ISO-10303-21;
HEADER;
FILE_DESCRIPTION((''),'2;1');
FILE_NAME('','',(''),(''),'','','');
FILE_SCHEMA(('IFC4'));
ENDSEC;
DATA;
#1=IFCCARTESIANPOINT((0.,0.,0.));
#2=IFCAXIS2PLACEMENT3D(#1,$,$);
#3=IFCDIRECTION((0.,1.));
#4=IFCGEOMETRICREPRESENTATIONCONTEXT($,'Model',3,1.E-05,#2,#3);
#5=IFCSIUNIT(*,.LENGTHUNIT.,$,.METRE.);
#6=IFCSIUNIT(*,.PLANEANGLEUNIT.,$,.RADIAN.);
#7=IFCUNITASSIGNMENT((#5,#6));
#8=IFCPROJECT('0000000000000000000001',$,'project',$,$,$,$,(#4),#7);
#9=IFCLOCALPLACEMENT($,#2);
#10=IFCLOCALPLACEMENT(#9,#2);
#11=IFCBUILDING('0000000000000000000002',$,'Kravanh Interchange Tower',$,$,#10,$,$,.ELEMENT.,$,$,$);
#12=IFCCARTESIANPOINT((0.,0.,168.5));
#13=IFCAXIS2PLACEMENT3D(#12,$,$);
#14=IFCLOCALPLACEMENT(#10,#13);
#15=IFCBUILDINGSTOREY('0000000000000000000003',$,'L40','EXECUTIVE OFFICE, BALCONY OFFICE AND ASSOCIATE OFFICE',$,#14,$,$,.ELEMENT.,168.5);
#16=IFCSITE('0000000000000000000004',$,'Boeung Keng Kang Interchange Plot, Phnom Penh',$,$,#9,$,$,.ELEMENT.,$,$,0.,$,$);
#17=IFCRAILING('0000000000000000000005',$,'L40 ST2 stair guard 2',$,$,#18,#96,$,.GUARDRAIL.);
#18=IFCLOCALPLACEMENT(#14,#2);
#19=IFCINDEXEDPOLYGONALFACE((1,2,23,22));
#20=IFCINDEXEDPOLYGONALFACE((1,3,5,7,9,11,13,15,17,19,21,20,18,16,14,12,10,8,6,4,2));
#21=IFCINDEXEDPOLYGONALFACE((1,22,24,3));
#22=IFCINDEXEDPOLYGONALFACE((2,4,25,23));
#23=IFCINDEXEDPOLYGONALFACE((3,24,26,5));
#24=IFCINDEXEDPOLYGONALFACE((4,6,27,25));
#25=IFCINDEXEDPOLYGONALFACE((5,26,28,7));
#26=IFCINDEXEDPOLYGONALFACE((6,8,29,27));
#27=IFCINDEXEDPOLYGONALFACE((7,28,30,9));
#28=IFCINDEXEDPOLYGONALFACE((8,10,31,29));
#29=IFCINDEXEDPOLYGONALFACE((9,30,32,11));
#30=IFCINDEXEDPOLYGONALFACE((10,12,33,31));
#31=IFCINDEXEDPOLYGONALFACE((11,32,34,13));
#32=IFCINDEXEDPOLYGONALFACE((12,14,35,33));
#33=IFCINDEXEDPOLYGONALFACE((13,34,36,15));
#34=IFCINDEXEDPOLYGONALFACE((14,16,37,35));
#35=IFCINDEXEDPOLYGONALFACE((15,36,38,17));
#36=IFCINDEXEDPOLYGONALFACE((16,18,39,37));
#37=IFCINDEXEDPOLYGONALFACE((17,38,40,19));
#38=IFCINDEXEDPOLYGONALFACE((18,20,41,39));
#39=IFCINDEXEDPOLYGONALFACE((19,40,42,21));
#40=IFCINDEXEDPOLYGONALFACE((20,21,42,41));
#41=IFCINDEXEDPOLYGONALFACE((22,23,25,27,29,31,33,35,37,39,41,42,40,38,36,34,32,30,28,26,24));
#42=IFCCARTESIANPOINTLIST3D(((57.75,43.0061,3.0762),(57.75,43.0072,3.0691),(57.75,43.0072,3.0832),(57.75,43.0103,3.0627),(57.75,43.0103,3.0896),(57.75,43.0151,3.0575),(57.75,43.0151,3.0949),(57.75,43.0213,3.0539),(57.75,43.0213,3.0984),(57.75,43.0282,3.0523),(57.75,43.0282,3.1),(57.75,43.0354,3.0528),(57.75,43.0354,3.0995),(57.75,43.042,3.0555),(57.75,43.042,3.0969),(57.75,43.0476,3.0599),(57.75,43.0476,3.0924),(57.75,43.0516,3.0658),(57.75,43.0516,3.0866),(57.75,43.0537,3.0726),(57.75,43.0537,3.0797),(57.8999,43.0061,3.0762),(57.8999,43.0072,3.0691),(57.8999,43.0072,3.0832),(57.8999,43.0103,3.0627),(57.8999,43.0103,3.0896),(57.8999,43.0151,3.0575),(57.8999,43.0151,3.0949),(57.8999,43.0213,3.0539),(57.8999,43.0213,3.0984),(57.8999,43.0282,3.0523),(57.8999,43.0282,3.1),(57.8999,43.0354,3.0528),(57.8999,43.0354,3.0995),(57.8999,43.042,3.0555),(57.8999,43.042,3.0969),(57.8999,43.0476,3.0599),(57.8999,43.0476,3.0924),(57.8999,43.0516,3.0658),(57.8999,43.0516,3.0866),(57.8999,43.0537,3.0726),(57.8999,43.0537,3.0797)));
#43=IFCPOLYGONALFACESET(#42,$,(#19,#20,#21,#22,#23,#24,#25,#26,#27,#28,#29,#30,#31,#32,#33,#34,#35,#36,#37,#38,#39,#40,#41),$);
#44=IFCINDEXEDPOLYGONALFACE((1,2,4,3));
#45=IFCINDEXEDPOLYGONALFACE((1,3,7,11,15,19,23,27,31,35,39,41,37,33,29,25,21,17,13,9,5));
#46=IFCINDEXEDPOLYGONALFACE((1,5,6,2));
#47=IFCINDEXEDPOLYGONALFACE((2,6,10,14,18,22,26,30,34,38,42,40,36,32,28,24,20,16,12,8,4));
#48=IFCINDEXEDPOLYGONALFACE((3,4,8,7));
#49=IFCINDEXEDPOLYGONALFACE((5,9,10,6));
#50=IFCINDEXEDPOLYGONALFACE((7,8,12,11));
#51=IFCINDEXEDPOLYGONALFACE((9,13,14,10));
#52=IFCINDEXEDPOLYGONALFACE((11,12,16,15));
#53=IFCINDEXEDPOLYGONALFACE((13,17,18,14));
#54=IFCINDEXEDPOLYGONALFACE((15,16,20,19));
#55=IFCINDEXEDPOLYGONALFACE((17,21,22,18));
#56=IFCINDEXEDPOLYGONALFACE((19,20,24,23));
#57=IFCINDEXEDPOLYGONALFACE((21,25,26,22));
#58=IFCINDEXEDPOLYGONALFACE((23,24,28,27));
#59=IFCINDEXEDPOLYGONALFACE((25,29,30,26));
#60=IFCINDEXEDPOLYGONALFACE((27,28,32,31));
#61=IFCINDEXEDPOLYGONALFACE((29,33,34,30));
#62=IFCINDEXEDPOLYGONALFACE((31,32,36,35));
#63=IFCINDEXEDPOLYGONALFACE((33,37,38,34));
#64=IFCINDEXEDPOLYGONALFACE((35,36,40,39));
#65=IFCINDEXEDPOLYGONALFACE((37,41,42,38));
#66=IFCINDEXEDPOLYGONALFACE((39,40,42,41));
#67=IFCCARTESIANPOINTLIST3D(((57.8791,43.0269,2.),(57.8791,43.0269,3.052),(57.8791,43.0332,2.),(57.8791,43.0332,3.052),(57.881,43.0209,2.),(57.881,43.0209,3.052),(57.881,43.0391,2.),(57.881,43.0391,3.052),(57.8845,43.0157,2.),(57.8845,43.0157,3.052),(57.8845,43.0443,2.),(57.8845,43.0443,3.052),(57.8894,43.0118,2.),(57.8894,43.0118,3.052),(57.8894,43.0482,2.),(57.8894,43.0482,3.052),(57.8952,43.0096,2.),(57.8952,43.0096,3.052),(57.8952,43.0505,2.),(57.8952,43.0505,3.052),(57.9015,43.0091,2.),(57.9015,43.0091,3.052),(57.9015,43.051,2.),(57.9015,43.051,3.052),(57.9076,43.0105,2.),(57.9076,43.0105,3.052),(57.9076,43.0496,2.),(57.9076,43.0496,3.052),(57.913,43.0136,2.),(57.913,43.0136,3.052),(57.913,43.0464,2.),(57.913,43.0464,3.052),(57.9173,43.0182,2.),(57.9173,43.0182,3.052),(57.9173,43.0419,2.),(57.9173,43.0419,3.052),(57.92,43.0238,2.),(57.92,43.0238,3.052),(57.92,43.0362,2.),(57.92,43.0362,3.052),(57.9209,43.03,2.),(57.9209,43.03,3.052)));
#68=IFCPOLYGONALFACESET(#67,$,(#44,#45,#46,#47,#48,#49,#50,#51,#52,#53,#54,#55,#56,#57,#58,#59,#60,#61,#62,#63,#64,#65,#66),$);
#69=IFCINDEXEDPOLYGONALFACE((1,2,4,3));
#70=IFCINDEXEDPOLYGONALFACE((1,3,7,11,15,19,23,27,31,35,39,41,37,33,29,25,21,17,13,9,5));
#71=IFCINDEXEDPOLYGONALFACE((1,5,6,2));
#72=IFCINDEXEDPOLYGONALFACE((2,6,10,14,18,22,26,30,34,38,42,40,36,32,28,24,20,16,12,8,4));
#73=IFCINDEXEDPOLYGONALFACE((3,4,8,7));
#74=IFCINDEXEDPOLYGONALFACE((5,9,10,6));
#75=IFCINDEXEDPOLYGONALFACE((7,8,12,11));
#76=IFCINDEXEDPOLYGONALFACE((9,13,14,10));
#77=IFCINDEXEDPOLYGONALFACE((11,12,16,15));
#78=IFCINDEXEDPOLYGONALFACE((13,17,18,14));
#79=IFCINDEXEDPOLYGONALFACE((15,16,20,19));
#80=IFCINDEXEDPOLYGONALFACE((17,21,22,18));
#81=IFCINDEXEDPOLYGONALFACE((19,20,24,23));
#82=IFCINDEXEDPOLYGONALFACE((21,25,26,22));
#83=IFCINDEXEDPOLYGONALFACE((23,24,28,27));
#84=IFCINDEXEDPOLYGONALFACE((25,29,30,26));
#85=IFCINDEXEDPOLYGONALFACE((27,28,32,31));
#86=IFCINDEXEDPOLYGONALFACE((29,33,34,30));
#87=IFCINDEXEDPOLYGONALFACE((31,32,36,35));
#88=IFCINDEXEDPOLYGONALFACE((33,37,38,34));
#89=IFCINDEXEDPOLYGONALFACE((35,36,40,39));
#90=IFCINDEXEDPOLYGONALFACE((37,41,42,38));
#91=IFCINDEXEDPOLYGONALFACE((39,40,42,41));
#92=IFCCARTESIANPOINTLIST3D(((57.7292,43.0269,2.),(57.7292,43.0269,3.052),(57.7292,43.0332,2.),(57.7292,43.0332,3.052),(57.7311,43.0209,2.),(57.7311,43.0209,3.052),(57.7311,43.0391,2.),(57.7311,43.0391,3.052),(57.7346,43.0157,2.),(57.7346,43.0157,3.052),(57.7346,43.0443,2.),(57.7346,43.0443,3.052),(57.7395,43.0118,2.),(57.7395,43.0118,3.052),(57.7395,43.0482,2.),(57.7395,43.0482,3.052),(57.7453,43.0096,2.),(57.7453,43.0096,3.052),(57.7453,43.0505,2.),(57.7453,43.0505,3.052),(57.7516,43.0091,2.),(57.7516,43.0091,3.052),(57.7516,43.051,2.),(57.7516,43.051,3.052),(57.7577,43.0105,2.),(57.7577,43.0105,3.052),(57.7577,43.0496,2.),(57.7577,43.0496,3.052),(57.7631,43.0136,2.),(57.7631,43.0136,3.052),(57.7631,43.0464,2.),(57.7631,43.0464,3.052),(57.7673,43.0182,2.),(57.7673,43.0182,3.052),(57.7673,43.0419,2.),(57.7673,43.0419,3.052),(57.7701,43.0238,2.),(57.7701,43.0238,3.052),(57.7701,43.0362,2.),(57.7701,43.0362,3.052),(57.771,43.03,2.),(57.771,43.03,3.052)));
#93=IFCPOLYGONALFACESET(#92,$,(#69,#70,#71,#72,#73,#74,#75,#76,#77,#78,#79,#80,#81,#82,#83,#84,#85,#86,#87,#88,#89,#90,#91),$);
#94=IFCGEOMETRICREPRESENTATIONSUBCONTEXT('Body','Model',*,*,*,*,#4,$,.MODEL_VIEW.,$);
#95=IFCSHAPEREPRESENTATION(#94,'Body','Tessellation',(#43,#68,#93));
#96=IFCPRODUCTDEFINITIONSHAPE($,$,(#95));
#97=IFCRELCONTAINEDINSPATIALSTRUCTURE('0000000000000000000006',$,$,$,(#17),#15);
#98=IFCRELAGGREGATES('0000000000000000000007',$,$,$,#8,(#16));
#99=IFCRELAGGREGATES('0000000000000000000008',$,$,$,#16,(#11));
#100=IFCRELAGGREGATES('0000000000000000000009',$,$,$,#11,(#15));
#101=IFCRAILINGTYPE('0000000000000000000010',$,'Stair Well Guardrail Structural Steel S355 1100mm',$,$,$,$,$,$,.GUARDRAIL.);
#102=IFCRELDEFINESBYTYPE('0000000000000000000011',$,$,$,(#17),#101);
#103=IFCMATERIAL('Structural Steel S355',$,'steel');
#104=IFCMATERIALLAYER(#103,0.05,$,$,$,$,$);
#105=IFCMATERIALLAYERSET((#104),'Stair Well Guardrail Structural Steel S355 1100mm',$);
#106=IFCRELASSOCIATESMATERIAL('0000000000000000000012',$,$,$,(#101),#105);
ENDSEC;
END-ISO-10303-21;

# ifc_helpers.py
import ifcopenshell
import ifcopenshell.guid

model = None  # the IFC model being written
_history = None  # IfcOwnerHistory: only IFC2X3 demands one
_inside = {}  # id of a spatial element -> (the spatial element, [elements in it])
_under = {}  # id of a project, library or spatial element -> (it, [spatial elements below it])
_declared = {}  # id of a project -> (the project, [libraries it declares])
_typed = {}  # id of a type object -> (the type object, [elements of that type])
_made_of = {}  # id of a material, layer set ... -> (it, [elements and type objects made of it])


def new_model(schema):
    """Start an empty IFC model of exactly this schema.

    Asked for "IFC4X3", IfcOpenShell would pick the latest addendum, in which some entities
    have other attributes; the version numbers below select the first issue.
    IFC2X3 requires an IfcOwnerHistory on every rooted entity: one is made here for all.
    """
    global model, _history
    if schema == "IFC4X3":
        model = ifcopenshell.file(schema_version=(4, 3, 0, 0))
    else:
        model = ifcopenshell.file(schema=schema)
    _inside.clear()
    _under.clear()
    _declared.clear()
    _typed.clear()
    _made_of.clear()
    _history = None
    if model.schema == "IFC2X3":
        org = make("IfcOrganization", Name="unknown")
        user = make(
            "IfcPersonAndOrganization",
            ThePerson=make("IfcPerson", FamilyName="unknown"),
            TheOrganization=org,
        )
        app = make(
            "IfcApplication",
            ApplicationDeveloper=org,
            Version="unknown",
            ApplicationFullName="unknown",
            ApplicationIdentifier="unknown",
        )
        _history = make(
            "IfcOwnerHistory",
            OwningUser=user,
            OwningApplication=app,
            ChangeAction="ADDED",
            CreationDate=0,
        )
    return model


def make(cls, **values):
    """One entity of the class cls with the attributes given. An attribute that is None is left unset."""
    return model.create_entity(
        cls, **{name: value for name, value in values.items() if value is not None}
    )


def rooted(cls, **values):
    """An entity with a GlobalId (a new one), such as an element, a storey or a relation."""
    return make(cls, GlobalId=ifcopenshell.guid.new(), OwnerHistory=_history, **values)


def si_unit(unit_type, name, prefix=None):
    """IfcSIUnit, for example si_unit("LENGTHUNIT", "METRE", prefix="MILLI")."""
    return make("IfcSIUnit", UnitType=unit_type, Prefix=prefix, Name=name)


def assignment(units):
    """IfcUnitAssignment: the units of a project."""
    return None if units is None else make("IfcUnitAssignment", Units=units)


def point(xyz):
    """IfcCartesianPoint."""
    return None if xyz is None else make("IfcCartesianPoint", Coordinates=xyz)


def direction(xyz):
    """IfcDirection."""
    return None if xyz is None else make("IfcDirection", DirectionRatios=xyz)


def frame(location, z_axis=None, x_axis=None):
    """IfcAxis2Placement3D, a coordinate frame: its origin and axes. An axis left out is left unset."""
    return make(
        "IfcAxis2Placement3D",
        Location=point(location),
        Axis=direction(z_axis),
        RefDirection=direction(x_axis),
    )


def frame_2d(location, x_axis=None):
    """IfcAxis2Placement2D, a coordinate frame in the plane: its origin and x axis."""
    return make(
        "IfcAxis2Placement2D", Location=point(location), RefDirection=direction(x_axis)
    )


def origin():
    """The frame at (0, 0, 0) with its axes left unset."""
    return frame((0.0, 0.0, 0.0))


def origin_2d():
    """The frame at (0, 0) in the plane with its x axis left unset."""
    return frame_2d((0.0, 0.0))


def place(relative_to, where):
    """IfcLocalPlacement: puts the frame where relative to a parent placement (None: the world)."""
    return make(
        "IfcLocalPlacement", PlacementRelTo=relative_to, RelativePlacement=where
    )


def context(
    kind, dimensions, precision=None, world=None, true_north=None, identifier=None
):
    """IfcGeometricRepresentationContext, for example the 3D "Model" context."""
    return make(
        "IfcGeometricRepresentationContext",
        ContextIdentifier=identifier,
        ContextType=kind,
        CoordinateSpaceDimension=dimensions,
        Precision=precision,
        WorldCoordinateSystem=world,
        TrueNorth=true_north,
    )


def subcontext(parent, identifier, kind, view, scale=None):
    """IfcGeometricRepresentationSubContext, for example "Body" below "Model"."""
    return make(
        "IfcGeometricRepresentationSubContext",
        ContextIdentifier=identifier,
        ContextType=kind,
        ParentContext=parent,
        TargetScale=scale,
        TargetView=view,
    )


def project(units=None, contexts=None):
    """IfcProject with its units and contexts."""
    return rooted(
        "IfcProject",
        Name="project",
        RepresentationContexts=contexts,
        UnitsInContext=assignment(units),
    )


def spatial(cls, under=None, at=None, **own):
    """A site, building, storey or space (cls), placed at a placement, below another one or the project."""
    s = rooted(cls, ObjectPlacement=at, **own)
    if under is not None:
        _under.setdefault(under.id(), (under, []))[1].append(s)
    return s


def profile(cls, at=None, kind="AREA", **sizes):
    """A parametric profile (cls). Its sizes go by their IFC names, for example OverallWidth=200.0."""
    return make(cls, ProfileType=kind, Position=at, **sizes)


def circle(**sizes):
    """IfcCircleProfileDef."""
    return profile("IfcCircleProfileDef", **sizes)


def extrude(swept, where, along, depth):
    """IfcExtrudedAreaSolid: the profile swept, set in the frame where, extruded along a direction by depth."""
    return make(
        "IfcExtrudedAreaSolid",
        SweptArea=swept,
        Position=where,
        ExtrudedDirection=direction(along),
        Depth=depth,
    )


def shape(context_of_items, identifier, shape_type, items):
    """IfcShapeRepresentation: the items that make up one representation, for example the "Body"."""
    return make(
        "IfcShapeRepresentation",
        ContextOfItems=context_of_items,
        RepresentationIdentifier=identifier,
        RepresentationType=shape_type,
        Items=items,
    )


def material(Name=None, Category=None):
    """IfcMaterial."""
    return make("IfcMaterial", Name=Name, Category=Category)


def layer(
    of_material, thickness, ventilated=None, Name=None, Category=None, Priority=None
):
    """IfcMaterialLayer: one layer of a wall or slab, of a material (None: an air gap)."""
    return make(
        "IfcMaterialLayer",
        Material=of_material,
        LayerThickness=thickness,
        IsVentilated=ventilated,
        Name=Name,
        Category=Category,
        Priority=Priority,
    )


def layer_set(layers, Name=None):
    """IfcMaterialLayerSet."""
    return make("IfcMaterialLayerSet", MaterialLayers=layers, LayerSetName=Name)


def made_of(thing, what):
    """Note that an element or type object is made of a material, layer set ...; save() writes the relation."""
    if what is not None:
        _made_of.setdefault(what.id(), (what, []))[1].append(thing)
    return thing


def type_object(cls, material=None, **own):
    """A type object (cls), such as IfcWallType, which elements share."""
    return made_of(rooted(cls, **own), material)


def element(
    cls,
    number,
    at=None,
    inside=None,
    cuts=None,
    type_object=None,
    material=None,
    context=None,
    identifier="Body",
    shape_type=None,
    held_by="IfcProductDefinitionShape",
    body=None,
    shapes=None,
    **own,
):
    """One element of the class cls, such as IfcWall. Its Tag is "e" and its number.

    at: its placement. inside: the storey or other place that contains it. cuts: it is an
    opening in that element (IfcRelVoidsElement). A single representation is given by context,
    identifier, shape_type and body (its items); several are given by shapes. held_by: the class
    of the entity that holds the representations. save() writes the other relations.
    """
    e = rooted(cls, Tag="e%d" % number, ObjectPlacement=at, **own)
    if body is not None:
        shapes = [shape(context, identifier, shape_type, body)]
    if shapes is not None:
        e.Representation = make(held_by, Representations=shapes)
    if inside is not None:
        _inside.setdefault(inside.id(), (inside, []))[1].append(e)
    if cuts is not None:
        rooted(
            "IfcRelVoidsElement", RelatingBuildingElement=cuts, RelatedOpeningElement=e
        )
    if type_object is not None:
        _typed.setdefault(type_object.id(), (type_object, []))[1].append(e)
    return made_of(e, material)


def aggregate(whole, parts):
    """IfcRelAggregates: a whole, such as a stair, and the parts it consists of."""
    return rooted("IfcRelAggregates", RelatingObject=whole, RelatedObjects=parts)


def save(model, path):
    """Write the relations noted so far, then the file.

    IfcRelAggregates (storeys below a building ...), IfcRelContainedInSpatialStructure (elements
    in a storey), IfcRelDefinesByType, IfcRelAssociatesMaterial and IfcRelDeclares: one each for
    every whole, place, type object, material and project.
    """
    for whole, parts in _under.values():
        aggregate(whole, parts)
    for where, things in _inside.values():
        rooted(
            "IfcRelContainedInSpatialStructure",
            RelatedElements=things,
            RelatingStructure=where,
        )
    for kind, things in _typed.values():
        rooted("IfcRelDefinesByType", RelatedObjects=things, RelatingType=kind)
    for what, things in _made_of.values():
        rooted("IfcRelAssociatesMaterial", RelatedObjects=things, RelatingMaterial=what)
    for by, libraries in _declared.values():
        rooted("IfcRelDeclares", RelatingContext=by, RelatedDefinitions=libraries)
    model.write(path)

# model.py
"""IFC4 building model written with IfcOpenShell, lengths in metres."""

from ifc_helpers import new_model, si_unit, direction, frame, origin, origin_2d, place, context, subcontext, project, spatial, circle, extrude, material, layer, layer_set, type_object, element, save


model = new_model("IFC4")

# Units and contexts
model_context = context("Model", 3, precision=1e-05, world=origin(), true_north=direction((0.0, 1.0)))
body_context = subcontext(model_context, "Body", "Model", "MODEL_VIEW")
ifc_project = project(units=[si_unit("LENGTHUNIT", "METRE"), si_unit("PLANEANGLEUNIT", "RADIAN")], contexts=[model_context])

# Site, building, storey
site_placement = place(None, origin())
site = spatial("IfcSite", under=ifc_project, at=site_placement, Name="Boeung Keng Kang Interchange Plot, Phnom Penh", CompositionType="ELEMENT", RefElevation=0.0)
building_placement = place(site_placement, origin())
building = spatial("IfcBuilding", under=site, at=building_placement, Name="Kravanh Interchange Tower", CompositionType="ELEMENT")
storey_placement = place(building_placement, frame((0.0, 0.0, 168.5)))
storey = spatial("IfcBuildingStorey", under=building, at=storey_placement, Name="L40", Description="EXECUTIVE OFFICE, BALCONY OFFICE AND ASSOCIATE OFFICE", CompositionType="ELEMENT", Elevation=168.5)

# Railing
ifc_material_1 = material(Name="Structural Steel S355", Category="steel")
ifc_layer_1 = layer(ifc_material_1, 0.05)
ifc_layer_set_1 = layer_set([ifc_layer_1], Name="Stair Well Guardrail Structural Steel S355 1100mm")
railing_type_1 = type_object("IfcRailingType", Name="Stair Well Guardrail Structural Steel S355 1100mm", PredefinedType="GUARDRAIL", material=ifc_layer_set_1)
railing_1_placement = place(storey_placement, frame((57.8999, 43.03, 2.0)))
element("IfcRailing", 1, at=railing_1_placement, inside=storey, type_object=railing_type_1, Name="L40 ST2 stair guard 2", PredefinedType="GUARDRAIL", context=body_context, shape_type="SweptSolid", body=[
    extrude(circle(Radius=0.0239, at=origin_2d()), frame((0.0, 0.0, 1.0762), z_axis=(-1.0, 0.0, 0.0), x_axis=(0.0, -1.0, 0.0)), (0.0, 0.0, 1.0), 0.1499),
    extrude(circle(Radius=0.021, at=origin_2d()), origin(), (0.0, 0.0, 1.0), 1.052),
    extrude(circle(Radius=0.021, at=origin_2d()), frame((-0.1499, 0.0, 0.0)), (0.0, 0.0, 1.0), 1.052),
])

save(model, "model.ifc")
